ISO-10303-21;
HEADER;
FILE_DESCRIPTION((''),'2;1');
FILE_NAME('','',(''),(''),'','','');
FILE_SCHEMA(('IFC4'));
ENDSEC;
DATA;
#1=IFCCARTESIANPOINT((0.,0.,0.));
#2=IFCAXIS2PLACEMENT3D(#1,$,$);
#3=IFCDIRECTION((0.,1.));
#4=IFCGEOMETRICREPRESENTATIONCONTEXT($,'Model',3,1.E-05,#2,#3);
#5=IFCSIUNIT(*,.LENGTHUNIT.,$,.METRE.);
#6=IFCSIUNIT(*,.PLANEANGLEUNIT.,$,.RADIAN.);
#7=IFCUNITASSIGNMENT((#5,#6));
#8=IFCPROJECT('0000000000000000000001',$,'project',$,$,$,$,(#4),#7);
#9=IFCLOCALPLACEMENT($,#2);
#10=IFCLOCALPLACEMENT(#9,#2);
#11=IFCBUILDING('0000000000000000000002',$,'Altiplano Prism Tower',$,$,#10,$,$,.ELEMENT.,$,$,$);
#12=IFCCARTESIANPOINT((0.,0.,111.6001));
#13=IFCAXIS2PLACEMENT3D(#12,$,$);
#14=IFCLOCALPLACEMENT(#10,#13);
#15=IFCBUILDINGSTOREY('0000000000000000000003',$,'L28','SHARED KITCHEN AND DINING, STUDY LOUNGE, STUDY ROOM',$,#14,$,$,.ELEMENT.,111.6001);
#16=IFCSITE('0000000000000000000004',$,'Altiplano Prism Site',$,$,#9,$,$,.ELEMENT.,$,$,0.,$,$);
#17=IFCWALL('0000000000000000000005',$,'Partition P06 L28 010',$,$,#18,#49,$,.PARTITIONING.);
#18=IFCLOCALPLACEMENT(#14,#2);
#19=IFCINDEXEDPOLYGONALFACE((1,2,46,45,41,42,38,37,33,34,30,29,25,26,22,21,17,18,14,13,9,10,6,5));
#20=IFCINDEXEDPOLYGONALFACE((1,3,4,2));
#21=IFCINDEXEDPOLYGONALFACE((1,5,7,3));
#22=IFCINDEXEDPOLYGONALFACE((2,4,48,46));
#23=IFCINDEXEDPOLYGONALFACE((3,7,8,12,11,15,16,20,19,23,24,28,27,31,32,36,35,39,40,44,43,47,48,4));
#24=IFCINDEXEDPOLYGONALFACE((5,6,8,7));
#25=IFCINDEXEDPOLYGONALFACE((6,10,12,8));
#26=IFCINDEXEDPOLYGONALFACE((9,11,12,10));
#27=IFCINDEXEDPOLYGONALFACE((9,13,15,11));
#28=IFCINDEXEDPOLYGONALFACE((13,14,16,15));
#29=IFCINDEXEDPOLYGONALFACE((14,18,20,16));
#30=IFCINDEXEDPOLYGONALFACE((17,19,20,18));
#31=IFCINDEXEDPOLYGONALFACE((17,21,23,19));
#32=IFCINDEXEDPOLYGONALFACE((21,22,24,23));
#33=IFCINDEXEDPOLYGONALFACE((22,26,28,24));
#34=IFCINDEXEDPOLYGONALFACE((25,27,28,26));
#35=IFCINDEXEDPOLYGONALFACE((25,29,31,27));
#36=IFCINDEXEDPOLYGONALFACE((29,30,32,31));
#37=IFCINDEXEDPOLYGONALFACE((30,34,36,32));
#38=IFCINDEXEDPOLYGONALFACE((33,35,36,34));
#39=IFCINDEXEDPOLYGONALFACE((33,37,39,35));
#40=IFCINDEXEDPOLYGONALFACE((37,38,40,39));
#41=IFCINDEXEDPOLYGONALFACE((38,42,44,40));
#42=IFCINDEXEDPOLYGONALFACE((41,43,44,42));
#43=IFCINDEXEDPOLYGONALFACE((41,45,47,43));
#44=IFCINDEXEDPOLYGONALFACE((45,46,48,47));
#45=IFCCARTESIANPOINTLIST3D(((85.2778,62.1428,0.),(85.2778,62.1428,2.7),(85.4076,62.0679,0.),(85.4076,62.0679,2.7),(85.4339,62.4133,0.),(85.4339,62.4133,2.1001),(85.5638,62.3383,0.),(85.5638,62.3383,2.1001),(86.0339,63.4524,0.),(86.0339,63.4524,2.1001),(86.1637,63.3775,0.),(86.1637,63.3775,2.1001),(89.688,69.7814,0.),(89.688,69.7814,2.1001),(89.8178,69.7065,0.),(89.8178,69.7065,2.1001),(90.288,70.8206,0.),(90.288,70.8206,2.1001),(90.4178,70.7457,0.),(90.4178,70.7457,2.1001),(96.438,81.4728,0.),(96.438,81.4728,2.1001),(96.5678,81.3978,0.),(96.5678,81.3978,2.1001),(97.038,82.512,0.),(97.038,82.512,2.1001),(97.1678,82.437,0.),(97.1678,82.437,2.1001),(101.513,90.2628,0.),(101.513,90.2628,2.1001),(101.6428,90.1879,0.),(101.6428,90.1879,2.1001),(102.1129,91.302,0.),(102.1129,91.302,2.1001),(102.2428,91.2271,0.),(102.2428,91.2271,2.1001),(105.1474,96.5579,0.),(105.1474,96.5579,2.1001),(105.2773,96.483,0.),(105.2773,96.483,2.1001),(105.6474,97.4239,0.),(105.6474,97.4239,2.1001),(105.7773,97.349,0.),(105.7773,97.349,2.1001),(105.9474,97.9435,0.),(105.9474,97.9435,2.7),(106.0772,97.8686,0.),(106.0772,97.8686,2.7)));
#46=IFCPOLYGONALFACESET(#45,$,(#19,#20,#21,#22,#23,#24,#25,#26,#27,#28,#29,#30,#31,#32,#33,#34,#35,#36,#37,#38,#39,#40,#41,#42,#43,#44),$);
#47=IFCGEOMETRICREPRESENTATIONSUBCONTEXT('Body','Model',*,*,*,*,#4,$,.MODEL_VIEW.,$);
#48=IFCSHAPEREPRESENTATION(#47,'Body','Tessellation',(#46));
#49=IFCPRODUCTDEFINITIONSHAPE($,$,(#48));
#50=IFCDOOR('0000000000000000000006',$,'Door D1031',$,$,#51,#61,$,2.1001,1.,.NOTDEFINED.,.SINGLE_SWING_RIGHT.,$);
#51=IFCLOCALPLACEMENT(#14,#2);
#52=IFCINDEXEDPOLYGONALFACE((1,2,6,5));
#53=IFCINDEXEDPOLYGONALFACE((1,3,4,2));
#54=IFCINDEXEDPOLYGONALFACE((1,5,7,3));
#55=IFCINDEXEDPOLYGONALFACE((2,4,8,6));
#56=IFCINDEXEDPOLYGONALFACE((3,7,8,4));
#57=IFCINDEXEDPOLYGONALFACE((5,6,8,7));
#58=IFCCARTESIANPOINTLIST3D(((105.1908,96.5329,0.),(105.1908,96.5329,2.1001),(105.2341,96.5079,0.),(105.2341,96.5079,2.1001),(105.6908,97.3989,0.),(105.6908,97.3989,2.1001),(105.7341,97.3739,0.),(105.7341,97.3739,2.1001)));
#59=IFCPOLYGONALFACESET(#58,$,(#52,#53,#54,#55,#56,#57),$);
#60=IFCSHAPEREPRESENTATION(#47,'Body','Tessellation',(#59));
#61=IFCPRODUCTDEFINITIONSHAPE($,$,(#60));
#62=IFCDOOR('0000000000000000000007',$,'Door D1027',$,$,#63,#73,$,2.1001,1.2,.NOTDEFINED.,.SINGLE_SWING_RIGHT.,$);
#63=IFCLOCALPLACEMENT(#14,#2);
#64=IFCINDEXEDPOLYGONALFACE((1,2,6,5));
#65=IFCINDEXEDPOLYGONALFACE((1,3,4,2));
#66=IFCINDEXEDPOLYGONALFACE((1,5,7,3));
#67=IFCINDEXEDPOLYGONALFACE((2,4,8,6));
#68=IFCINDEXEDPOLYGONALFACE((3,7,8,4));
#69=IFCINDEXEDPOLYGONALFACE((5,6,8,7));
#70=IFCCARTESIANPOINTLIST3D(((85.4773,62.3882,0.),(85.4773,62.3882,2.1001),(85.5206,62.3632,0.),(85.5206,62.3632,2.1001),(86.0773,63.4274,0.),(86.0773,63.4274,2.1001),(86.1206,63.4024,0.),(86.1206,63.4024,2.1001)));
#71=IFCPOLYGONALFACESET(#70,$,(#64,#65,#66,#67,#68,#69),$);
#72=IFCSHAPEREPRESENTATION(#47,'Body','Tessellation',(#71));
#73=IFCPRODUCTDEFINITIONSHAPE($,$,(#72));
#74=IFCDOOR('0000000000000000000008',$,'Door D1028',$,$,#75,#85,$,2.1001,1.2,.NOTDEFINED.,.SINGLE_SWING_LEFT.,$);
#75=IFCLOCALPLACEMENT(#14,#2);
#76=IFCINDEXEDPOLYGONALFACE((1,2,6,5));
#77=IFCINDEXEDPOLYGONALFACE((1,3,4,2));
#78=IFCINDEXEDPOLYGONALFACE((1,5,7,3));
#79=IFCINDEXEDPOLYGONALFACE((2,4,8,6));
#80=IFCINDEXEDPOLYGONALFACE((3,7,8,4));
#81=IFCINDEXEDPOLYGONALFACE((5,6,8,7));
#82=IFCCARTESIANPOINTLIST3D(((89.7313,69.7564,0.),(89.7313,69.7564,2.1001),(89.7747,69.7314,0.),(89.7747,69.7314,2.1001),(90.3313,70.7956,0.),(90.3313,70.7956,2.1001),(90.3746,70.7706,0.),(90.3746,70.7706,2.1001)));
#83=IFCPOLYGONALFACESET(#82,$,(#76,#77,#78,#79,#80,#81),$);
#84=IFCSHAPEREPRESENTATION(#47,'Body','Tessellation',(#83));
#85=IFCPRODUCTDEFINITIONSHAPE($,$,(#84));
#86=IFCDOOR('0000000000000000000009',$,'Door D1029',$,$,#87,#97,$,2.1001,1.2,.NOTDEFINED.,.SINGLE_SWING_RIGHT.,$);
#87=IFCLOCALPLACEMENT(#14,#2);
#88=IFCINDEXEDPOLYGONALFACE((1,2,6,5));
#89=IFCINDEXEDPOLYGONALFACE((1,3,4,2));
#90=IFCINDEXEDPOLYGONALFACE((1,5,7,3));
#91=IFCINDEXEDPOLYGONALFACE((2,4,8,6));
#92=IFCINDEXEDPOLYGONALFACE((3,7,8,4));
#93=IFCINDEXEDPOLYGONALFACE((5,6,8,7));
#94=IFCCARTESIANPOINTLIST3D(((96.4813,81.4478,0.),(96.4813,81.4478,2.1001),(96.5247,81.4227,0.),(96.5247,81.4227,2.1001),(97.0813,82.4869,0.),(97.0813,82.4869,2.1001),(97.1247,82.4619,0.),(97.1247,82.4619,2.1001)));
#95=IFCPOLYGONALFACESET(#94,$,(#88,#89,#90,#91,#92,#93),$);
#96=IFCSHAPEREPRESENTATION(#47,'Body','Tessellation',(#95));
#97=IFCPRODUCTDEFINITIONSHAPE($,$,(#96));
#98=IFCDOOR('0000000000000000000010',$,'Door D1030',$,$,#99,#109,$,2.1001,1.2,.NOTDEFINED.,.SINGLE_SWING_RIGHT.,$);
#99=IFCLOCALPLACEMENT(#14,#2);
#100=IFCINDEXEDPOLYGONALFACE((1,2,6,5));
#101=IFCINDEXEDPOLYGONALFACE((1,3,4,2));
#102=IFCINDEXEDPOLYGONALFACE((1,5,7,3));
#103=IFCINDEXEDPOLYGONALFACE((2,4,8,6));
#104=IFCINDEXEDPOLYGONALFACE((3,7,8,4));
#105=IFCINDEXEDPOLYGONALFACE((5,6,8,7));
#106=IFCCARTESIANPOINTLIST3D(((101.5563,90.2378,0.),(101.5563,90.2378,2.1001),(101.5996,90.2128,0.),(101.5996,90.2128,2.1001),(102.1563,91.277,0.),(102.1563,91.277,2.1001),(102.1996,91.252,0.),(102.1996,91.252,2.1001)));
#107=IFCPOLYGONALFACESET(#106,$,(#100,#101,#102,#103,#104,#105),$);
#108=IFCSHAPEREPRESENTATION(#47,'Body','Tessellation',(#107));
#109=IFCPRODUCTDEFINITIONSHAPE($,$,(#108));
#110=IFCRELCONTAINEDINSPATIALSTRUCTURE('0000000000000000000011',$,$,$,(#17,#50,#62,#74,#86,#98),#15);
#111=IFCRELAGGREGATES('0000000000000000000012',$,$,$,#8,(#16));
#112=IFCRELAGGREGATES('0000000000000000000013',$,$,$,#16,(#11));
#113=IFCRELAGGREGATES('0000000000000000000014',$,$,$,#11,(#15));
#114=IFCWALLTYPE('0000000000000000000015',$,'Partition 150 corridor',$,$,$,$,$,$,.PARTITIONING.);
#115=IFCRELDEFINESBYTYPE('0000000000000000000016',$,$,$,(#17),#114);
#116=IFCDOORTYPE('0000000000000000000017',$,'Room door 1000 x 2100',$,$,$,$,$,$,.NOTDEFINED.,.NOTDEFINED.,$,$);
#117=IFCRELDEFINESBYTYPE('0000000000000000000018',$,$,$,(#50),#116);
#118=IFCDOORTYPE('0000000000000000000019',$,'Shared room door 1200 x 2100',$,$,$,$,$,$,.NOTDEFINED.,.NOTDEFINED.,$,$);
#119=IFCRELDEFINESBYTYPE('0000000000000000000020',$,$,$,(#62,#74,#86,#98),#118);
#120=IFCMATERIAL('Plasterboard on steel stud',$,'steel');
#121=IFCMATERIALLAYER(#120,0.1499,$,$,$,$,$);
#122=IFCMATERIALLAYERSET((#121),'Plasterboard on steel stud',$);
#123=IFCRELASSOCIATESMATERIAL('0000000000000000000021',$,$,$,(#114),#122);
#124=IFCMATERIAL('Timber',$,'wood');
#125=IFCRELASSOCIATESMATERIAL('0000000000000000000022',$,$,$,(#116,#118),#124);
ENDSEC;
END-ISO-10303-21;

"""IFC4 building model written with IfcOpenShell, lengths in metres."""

from ifc_helpers import new_model, si_unit, direction, frame, frame_2d, origin, place, context, subcontext, project, spatial, rectangle, extrude, material, layer, layer_set, type_object, element, fill, save


model = new_model("IFC4")

# Units and contexts
model_context = context("Model", 3, precision=1e-05, world=origin(), true_north=direction((0.0, 1.0)))
body_context = subcontext(model_context, "Body", "Model", "MODEL_VIEW")
ifc_project = project(units=[si_unit("LENGTHUNIT", "METRE"), si_unit("PLANEANGLEUNIT", "RADIAN")], contexts=[model_context])

# Site, building, storey
site_placement = place(None, origin())
site = spatial("IfcSite", under=ifc_project, at=site_placement, Name="Altiplano Prism Site", CompositionType="ELEMENT", RefElevation=0.0)
building_placement = place(site_placement, origin())
building = spatial("IfcBuilding", under=site, at=building_placement, Name="Altiplano Prism Tower", CompositionType="ELEMENT")
storey_placement = place(building_placement, frame((0.0, 0.0, 111.6001)))
storey = spatial("IfcBuildingStorey", under=building, at=storey_placement, Name="L28", Description="SHARED KITCHEN AND DINING, STUDY LOUNGE, STUDY ROOM", CompositionType="ELEMENT", Elevation=111.6001)

# Shared definitions
ifc_material_1 = material(Name="Plasterboard on steel stud", Category="steel")

# Shared definitions
ifc_layer_1 = layer(ifc_material_1, 0.1499)
ifc_layer_set_1 = layer_set([ifc_layer_1], Name="Plasterboard on steel stud")
wall_type_1 = type_object("IfcWallType", Name="Partition 150 corridor", PredefinedType="PARTITIONING", material=ifc_layer_set_1)
ifc_material_2 = material(Name="Timber", Category="wood")
door_type_1 = type_object("IfcDoorType", Name="Room door 1000 x 2100", OperationType="NOTDEFINED", PredefinedType="NOTDEFINED", material=ifc_material_2)
door_type_2 = type_object("IfcDoorType", Name="Shared room door 1200 x 2100", OperationType="NOTDEFINED", PredefinedType="NOTDEFINED", material=ifc_material_2)

# Wall, openings, doors
wall_1_placement = place(storey_placement, frame((85.3428, 62.1055, 0.0), z_axis=(0.0, 0.0, 1.0), x_axis=(0.500002, 0.866024, 0.0)))
wall_1 = element("IfcWall", 1, at=wall_1_placement, inside=storey, type_object=wall_type_1, Name="Partition P06 L28 010", PredefinedType="PARTITIONING", context=body_context, shape_type="SweptSolid", body=[
    extrude(rectangle(XDim=41.3391, YDim=0.1499, at=frame_2d((20.6694, 0.0))), origin(), (0.0, 0.0, 1.0), 2.7),
])
opening_1_placement = place(wall_1_placement, frame((0.312, 0.0, 0.0)))
opening_1 = element("IfcOpeningElement", 2, at=opening_1_placement, cuts=wall_1, PredefinedType="OPENING", context=body_context, shape_type="SweptSolid", body=[
    extrude(rectangle(XDim=1.2, YDim=2.1001, at=frame_2d((0.6001, 1.05))), frame((0.0, 0.0854, 0.0), z_axis=(0.0, -1.0, 0.0), x_axis=(1.0, 0.0, 0.0)), (0.0, 0.0, 1.0), 0.1709),
])
opening_2_placement = place(wall_1_placement, frame((8.8201, 0.0, 0.0)))
opening_2 = element("IfcOpeningElement", 3, at=opening_2_placement, cuts=wall_1, PredefinedType="OPENING", context=body_context, shape_type="SweptSolid", body=[
    extrude(rectangle(XDim=1.2, YDim=2.1001, at=frame_2d((0.6001, 1.05))), frame((0.0, 0.0854, 0.0), z_axis=(0.0, -1.0, 0.0), x_axis=(1.0, 0.0, 0.0)), (0.0, 0.0, 1.0), 0.1709),
])
opening_3_placement = place(wall_1_placement, frame((22.3201, 0.0, 0.0)))
opening_3 = element("IfcOpeningElement", 4, at=opening_3_placement, cuts=wall_1, PredefinedType="OPENING", context=body_context, shape_type="SweptSolid", body=[
    extrude(rectangle(XDim=1.2, YDim=2.1001, at=frame_2d((0.6001, 1.05))), frame((0.0, 0.0854, 0.0), z_axis=(0.0, -1.0, 0.0), x_axis=(1.0, 0.0, 0.0)), (0.0, 0.0, 1.0), 0.1709),
])
opening_4_placement = place(wall_1_placement, frame((32.47, 0.0, 0.0)))
opening_4 = element("IfcOpeningElement", 5, at=opening_4_placement, cuts=wall_1, PredefinedType="OPENING", context=body_context, shape_type="SweptSolid", body=[
    extrude(rectangle(XDim=1.2, YDim=2.1001, at=frame_2d((0.6001, 1.05))), frame((0.0, 0.0854, 0.0), z_axis=(0.0, -1.0, 0.0), x_axis=(1.0, 0.0, 0.0)), (0.0, 0.0, 1.0), 0.1709),
])
opening_5_placement = place(wall_1_placement, frame((39.739, 0.0, 0.0)))
opening_5 = element("IfcOpeningElement", 6, at=opening_5_placement, cuts=wall_1, PredefinedType="OPENING", context=body_context, shape_type="SweptSolid", body=[
    extrude(rectangle(XDim=1.0, YDim=2.1001, at=frame_2d((0.5, 1.05))), frame((0.0, 0.0854, 0.0), z_axis=(0.0, -1.0, 0.0), x_axis=(1.0, 0.0, 0.0)), (0.0, 0.0, 1.0), 0.1709),
])
door_1_placement = place(opening_5_placement, origin())
door_1 = element("IfcDoor", 7, at=door_1_placement, inside=storey, type_object=door_type_1, Name="Door D1031", OperationType="SINGLE_SWING_RIGHT", OverallHeight=2.1001, OverallWidth=1.0, PredefinedType="NOTDEFINED", context=body_context, shape_type="SweptSolid", body=[
    extrude(rectangle(XDim=1.0, YDim=2.1001, at=frame_2d((0.5, 1.05))), frame((0.0, 0.0249, 0.0), z_axis=(0.0, -1.0, 0.0), x_axis=(1.0, 0.0, 0.0)), (0.0, 0.0, 1.0), 0.05),
])
fill(opening_5, door_1)
door_2_placement = place(opening_1_placement, origin())
door_2 = element("IfcDoor", 8, at=door_2_placement, inside=storey, type_object=door_type_2, Name="Door D1027", OperationType="SINGLE_SWING_RIGHT", OverallHeight=2.1001, OverallWidth=1.2, PredefinedType="NOTDEFINED", context=body_context, shape_type="SweptSolid", body=[
    extrude(rectangle(XDim=1.2, YDim=2.1001, at=frame_2d((0.6001, 1.05))), frame((0.0, 0.0249, 0.0), z_axis=(0.0, -1.0, 0.0), x_axis=(1.0, 0.0, 0.0)), (0.0, 0.0, 1.0), 0.05),
])
fill(opening_1, door_2)
door_3_placement = place(opening_2_placement, origin())
door_3 = element("IfcDoor", 9, at=door_3_placement, inside=storey, type_object=door_type_2, Name="Door D1028", OperationType="SINGLE_SWING_LEFT", OverallHeight=2.1001, OverallWidth=1.2, PredefinedType="NOTDEFINED", context=body_context, shape_type="SweptSolid", body=[
    extrude(rectangle(XDim=1.2, YDim=2.1001, at=frame_2d((0.6001, 1.05))), frame((0.0, 0.0249, 0.0), z_axis=(0.0, -1.0, 0.0), x_axis=(1.0, 0.0, 0.0)), (0.0, 0.0, 1.0), 0.05),
])
fill(opening_2, door_3)
door_4_placement = place(opening_3_placement, origin())
door_4 = element("IfcDoor", 10, at=door_4_placement, inside=storey, type_object=door_type_2, Name="Door D1029", OperationType="SINGLE_SWING_RIGHT", OverallHeight=2.1001, OverallWidth=1.2, PredefinedType="NOTDEFINED", context=body_context, shape_type="SweptSolid", body=[
    extrude(rectangle(XDim=1.2, YDim=2.1001, at=frame_2d((0.6001, 1.05))), frame((0.0, 0.0249, 0.0), z_axis=(0.0, -1.0, 0.0), x_axis=(1.0, 0.0, 0.0)), (0.0, 0.0, 1.0), 0.05),
])
fill(opening_3, door_4)
door_5_placement = place(opening_4_placement, origin())
door_5 = element("IfcDoor", 11, at=door_5_placement, inside=storey, type_object=door_type_2, Name="Door D1030", OperationType="SINGLE_SWING_RIGHT", OverallHeight=2.1001, OverallWidth=1.2, PredefinedType="NOTDEFINED", context=body_context, shape_type="SweptSolid", body=[
    extrude(rectangle(XDim=1.2, YDim=2.1001, at=frame_2d((0.6001, 1.05))), frame((0.0, 0.0249, 0.0), z_axis=(0.0, -1.0, 0.0), x_axis=(1.0, 0.0, 0.0)), (0.0, 0.0, 1.0), 0.05),
])
fill(opening_4, door_5)

save(model, "model.ifc")
